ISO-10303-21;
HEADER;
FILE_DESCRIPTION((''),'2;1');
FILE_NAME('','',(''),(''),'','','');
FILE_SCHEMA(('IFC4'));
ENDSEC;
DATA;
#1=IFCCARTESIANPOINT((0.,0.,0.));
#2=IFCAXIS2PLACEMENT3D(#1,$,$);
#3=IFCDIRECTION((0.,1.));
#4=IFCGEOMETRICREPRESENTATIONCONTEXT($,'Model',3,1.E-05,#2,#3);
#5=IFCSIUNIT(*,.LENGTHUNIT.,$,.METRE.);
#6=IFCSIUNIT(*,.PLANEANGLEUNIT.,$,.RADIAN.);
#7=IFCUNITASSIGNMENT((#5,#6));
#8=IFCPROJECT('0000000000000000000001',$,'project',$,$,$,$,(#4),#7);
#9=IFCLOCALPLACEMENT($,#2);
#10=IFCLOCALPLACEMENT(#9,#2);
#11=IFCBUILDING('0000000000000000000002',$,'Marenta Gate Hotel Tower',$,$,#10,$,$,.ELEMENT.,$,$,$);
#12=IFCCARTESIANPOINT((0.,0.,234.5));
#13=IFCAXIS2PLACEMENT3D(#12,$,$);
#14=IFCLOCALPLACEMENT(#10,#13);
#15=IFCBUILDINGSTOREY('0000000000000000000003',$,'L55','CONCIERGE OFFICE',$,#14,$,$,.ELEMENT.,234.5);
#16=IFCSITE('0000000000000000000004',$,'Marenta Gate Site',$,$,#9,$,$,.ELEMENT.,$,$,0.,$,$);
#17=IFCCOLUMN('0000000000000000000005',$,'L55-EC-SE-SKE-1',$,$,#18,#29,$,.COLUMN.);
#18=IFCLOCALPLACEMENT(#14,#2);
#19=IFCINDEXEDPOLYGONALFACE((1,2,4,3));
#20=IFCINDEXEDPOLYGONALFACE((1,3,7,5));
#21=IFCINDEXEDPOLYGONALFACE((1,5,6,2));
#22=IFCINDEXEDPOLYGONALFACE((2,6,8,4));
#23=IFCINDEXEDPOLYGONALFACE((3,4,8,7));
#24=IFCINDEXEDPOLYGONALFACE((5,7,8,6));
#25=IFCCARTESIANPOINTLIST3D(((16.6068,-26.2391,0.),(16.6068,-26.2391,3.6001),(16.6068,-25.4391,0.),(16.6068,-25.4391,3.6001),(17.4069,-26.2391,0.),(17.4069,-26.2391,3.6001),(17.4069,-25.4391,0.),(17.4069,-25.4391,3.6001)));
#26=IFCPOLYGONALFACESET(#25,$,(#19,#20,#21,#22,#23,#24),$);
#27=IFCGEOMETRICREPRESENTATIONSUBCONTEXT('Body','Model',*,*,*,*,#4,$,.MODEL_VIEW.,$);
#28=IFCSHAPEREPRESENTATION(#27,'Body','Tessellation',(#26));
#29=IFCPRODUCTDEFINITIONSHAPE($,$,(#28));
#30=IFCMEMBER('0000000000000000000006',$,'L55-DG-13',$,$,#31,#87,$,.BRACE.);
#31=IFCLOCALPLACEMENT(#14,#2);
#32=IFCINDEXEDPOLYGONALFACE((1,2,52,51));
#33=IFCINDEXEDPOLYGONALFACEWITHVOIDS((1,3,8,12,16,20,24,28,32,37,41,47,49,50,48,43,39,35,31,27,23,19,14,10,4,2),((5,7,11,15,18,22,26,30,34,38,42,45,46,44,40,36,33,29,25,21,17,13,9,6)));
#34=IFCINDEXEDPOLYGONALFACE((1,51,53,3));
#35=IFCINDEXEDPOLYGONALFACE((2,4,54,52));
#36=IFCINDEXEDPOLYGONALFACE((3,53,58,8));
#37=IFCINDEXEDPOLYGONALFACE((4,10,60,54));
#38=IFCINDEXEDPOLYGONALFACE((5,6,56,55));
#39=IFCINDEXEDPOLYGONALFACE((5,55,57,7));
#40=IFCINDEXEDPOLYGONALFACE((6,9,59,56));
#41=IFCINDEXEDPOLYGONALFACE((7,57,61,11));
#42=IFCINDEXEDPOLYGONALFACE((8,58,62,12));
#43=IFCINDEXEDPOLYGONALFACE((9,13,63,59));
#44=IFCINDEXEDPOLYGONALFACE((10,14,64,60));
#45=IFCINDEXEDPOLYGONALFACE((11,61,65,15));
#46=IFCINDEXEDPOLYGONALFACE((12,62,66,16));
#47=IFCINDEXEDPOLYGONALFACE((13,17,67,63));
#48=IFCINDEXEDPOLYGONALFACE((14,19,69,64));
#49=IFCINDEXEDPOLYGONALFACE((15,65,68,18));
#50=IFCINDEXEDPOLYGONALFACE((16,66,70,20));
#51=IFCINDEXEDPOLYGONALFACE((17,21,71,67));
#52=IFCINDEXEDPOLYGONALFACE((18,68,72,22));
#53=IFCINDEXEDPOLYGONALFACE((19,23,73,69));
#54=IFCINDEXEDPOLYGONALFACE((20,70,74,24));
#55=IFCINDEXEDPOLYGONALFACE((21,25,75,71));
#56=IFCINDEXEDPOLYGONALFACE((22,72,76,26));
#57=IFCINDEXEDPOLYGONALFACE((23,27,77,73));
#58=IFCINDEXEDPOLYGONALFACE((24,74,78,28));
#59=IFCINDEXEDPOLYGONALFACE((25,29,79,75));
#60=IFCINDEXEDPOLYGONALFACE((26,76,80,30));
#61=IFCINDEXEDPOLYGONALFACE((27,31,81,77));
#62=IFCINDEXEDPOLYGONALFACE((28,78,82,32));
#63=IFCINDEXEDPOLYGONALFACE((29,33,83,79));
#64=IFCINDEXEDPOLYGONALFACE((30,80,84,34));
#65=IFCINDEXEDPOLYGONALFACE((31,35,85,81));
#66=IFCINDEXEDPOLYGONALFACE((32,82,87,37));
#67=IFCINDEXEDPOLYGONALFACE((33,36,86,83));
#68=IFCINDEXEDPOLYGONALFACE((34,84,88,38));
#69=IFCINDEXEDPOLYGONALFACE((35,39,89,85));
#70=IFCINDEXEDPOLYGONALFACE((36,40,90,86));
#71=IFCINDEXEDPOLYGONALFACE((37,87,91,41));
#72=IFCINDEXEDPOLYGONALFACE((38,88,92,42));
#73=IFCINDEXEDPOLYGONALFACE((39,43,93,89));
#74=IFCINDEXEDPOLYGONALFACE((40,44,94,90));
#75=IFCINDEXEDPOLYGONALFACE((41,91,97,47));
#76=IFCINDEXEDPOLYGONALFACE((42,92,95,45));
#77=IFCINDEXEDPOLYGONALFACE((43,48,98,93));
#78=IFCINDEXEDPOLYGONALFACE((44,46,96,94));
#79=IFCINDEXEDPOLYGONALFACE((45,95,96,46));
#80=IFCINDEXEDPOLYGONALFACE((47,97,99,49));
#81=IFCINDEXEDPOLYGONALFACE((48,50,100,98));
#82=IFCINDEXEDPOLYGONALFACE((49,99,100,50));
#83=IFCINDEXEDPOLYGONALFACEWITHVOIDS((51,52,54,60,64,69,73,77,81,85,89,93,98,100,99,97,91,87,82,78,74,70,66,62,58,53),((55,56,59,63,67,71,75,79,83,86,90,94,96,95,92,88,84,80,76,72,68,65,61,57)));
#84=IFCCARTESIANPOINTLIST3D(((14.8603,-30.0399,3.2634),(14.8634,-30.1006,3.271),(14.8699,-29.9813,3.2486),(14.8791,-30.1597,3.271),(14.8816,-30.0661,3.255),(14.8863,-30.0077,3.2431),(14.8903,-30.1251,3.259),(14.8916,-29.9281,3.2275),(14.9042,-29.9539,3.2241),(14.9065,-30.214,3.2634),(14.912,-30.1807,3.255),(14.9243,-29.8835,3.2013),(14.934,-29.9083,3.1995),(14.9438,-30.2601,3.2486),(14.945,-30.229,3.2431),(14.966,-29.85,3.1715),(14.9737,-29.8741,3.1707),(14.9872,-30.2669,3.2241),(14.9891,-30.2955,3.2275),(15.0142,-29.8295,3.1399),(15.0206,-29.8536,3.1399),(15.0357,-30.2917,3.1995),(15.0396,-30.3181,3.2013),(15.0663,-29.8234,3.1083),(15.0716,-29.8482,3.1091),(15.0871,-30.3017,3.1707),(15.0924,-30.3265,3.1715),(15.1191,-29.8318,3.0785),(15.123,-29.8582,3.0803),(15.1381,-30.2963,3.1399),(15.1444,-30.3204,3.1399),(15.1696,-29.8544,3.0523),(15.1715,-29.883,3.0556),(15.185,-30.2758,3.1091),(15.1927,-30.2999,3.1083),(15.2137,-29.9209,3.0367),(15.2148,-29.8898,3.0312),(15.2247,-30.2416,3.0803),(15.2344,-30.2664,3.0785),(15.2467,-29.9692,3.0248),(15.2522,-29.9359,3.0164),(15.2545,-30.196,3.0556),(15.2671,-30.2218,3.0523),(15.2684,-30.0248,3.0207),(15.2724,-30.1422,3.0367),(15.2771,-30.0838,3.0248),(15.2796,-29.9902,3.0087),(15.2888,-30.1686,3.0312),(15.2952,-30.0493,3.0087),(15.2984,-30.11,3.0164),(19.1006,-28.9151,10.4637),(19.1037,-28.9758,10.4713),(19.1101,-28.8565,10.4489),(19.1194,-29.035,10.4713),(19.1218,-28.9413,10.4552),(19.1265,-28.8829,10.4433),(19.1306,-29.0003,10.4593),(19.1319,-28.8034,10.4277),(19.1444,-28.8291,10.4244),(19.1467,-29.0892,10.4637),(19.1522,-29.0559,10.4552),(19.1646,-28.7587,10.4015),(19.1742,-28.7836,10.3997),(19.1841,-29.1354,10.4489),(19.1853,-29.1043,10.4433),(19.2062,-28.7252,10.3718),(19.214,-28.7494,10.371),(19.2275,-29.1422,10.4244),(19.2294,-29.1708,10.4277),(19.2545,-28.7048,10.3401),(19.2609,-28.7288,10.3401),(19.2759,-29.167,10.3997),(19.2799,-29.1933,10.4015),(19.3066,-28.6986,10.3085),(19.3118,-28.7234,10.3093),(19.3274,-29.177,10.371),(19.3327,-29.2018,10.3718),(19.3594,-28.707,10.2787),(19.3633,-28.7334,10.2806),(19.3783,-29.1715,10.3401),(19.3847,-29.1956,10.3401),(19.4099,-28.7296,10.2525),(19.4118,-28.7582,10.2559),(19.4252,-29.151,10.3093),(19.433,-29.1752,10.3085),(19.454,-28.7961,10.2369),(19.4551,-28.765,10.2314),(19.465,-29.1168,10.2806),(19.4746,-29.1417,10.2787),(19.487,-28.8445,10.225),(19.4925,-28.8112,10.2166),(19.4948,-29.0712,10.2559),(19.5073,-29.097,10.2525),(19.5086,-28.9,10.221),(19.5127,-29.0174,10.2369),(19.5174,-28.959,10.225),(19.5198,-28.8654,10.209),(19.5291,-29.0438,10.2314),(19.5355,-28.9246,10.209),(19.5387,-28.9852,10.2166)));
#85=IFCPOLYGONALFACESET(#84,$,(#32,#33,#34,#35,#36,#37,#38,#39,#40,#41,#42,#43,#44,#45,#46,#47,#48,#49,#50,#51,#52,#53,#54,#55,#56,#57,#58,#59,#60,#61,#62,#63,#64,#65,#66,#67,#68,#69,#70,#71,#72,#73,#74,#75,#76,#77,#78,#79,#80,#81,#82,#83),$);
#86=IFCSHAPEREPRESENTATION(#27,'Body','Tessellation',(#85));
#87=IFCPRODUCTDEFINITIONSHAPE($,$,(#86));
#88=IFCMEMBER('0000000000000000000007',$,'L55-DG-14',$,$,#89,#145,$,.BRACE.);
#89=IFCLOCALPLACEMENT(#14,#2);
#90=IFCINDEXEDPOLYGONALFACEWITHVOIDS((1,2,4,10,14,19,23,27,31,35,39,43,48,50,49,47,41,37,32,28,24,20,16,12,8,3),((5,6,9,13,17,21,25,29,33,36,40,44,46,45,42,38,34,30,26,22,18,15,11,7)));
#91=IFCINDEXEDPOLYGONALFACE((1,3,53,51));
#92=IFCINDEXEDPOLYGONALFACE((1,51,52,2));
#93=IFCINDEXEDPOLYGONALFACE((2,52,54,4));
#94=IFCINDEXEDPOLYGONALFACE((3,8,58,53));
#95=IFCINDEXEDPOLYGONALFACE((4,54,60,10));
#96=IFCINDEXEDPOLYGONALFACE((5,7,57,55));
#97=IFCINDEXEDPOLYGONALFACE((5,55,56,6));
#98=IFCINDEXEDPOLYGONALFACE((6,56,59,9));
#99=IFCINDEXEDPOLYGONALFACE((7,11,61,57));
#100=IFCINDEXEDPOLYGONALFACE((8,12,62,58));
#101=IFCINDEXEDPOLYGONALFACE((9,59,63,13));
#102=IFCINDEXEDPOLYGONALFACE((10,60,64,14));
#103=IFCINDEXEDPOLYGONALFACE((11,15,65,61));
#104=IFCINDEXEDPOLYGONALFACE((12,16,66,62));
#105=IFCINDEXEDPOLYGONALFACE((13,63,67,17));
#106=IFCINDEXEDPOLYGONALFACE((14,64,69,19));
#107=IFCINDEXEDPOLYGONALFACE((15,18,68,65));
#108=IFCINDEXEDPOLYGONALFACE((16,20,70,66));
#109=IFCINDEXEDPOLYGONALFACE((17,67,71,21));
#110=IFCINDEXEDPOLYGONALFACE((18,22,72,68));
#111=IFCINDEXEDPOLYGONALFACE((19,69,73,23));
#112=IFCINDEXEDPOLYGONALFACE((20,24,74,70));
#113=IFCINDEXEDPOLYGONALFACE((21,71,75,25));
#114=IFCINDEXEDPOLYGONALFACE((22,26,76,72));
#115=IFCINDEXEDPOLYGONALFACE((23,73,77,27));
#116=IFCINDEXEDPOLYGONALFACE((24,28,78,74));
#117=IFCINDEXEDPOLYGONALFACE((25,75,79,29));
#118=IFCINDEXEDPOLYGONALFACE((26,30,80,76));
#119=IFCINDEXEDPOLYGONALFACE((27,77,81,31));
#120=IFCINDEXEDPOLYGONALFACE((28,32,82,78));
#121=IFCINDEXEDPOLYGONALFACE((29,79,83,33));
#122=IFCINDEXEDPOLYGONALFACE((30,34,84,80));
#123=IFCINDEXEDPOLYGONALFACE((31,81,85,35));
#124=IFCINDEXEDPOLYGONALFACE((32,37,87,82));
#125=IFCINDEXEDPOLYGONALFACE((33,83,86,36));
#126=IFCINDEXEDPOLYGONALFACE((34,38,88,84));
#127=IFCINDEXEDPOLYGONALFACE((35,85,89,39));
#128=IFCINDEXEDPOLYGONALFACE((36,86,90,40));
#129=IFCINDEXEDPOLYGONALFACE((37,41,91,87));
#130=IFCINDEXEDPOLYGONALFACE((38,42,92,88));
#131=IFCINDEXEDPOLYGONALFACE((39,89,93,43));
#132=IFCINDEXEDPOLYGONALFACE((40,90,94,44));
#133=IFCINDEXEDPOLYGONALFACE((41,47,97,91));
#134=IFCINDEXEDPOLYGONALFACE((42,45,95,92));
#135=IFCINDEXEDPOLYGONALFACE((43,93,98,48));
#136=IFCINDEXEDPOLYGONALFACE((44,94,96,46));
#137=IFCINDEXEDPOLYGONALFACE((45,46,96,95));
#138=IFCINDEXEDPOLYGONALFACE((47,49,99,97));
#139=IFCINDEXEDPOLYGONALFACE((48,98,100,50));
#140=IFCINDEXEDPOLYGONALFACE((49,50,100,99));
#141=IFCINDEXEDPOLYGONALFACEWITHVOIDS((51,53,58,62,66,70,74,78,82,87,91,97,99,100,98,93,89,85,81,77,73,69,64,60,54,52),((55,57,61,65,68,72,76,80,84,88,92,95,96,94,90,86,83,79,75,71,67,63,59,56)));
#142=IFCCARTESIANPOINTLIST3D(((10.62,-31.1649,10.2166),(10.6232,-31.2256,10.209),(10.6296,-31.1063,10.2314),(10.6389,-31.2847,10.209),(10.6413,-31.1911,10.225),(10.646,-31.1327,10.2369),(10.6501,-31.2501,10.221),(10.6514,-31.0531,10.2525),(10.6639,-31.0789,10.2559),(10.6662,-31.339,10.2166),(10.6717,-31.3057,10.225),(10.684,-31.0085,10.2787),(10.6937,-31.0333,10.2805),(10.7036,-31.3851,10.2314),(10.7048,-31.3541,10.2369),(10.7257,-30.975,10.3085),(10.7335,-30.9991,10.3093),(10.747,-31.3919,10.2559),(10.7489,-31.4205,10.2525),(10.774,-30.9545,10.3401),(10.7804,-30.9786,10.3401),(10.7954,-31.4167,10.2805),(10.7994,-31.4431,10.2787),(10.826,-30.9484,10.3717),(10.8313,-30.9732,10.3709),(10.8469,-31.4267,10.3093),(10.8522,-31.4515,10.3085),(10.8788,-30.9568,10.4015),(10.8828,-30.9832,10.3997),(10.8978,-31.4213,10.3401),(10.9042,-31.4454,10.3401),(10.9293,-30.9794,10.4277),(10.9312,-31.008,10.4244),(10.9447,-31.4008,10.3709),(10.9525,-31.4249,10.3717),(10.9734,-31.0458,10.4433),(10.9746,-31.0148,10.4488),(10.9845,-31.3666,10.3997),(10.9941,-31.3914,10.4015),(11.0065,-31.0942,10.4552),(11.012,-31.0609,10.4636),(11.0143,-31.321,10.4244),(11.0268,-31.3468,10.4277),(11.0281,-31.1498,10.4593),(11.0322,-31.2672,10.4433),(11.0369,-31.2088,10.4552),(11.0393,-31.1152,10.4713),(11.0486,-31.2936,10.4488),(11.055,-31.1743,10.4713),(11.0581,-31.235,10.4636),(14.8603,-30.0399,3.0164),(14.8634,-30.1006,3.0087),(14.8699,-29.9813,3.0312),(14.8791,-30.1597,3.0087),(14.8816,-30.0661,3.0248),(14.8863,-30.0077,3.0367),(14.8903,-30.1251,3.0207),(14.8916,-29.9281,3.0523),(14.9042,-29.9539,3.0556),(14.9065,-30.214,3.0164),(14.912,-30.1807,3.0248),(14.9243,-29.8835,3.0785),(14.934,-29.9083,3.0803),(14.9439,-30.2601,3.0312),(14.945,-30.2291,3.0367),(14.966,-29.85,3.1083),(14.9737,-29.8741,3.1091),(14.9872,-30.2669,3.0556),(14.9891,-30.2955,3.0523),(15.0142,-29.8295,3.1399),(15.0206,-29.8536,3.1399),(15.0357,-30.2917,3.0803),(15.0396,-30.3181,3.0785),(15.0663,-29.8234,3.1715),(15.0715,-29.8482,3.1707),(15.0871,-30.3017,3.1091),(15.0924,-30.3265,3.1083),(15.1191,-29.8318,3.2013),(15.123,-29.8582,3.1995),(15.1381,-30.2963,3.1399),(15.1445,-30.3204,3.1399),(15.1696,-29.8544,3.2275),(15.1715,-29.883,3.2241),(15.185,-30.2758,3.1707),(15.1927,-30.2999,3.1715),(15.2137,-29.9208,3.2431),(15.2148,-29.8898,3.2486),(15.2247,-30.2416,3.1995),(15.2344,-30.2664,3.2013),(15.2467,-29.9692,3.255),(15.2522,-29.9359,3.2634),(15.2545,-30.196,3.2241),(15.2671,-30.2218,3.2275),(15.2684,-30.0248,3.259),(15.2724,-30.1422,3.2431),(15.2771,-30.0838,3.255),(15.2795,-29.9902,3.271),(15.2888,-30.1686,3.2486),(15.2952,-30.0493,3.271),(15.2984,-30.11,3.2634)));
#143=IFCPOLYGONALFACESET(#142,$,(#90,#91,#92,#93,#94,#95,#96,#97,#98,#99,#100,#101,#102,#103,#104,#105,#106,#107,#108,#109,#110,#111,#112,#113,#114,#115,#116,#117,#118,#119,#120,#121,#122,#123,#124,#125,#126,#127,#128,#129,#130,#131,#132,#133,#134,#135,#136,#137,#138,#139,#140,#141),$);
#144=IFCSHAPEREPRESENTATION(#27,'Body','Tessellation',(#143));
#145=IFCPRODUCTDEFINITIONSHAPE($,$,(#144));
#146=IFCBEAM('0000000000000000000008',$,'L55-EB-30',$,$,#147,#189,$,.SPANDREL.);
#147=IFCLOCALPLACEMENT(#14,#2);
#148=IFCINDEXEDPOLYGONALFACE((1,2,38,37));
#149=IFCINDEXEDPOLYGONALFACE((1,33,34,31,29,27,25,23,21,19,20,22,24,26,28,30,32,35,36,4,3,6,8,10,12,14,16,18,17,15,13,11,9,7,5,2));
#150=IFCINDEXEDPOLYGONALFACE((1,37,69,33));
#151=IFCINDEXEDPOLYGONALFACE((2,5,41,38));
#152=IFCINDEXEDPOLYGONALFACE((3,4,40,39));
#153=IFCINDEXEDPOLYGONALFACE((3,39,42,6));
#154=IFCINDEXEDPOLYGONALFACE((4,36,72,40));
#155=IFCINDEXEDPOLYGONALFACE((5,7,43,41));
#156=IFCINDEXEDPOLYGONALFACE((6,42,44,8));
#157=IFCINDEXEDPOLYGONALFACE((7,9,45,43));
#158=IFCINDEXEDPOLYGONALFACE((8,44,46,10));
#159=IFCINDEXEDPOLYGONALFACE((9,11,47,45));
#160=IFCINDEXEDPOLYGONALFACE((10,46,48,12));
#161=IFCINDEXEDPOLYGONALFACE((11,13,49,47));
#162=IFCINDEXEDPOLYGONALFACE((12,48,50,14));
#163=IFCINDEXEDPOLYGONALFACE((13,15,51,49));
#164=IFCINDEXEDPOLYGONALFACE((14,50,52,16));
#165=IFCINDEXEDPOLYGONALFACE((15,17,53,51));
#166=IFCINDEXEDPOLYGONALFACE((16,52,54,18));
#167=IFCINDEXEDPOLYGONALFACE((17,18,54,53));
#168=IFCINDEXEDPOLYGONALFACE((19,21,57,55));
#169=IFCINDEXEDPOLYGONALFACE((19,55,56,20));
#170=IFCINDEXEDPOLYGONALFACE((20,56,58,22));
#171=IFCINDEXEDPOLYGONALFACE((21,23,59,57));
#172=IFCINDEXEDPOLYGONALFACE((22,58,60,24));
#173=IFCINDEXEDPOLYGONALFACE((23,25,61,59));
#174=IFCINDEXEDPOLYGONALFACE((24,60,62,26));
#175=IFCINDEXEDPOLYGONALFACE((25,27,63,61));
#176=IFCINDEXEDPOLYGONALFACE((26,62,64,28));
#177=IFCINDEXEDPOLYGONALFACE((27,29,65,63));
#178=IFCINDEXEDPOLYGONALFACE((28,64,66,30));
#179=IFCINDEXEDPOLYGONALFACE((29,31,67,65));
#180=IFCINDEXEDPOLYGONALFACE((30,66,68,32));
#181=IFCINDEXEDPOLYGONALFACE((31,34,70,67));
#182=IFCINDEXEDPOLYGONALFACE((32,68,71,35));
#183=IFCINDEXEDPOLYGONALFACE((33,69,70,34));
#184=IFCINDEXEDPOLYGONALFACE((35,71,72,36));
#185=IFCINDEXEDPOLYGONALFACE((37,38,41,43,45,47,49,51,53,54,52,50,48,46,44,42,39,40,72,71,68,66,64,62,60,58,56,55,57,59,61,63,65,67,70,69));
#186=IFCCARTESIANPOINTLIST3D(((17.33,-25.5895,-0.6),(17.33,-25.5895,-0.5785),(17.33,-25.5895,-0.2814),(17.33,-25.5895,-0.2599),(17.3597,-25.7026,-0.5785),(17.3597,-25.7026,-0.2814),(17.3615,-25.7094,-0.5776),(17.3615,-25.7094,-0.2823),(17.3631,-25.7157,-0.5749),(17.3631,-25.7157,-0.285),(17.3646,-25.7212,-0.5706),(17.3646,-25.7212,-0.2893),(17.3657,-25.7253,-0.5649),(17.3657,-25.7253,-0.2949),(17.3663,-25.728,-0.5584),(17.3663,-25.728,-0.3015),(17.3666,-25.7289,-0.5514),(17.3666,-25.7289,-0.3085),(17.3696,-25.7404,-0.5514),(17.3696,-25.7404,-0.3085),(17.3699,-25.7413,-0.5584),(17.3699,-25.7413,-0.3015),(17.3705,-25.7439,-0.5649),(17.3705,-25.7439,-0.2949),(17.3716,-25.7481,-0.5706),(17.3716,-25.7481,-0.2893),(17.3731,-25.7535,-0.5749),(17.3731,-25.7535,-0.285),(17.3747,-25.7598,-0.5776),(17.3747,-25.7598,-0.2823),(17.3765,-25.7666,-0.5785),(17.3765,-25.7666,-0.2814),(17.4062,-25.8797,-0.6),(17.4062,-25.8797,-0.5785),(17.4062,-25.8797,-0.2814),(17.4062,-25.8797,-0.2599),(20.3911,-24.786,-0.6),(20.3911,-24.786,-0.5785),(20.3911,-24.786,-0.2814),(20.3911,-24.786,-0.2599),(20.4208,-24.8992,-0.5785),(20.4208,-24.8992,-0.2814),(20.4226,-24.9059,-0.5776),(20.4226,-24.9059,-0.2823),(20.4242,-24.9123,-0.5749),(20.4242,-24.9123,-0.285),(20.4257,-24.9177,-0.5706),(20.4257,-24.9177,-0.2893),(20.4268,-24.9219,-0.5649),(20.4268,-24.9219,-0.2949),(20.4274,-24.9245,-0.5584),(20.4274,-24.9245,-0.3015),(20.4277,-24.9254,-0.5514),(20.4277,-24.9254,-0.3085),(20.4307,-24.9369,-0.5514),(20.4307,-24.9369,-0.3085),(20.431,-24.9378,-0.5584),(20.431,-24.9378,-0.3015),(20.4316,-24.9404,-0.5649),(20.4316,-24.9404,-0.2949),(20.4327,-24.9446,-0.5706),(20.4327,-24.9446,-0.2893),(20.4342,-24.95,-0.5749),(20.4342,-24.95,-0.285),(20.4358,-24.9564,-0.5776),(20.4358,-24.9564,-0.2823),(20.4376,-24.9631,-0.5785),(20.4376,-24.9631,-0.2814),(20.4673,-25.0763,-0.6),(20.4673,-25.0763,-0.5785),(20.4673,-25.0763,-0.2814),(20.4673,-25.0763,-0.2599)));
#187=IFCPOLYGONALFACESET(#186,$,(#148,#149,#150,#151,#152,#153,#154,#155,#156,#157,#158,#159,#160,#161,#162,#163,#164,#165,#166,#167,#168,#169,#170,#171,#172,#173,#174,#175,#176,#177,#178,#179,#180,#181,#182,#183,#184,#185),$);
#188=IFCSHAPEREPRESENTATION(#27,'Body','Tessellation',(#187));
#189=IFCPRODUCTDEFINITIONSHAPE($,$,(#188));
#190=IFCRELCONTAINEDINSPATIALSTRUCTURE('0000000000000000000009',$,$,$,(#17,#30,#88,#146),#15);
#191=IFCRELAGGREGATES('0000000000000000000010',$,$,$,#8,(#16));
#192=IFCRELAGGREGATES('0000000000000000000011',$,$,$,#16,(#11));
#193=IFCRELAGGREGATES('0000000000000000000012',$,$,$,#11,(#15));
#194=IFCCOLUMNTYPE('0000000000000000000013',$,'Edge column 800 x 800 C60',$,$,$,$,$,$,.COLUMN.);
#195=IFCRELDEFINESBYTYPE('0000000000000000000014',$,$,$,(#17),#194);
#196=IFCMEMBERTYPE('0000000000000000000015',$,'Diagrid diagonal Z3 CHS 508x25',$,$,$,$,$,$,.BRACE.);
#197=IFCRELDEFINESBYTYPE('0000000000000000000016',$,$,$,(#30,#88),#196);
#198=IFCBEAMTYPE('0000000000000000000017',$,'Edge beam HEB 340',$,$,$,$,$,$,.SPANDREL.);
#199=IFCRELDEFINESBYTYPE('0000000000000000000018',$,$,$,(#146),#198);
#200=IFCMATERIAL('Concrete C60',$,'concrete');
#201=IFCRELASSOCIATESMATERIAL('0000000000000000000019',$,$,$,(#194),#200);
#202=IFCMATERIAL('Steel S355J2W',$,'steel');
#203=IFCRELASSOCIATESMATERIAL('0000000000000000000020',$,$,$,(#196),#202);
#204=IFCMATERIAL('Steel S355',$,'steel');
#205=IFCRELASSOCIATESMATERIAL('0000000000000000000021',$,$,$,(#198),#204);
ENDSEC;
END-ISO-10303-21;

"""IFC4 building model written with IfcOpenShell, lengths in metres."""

from ifc_helpers import new_model, si_unit, direction, frame, origin, origin_2d, place, context, subcontext, project, spatial, rectangle, hollow_circle, i_section, extrude, material, material_profile, profile_set, type_object, element, save


model = new_model("IFC4")

# Units and contexts
model_context = context("Model", 3, precision=1e-05, world=origin(), true_north=direction((0.0, 1.0)))
body_context = subcontext(model_context, "Body", "Model", "MODEL_VIEW")
ifc_project = project(units=[si_unit("LENGTHUNIT", "METRE"), si_unit("PLANEANGLEUNIT", "RADIAN")], contexts=[model_context])

# Site, building, storey
site_placement = place(None, origin())
site = spatial("IfcSite", under=ifc_project, at=site_placement, Name="Marenta Gate Site", CompositionType="ELEMENT", RefElevation=0.0)
building_placement = place(site_placement, origin())
building = spatial("IfcBuilding", under=site, at=building_placement, Name="Marenta Gate Hotel Tower", CompositionType="ELEMENT")
storey_placement = place(building_placement, frame((0.0, 0.0, 234.5)))
storey = spatial("IfcBuildingStorey", under=building, at=storey_placement, Name="L55", Description="CONCIERGE OFFICE", CompositionType="ELEMENT", Elevation=234.5)

# Column
ifc_material_1 = material(Name="Concrete C60", Category="concrete")
ifc_material_profile_1 = material_profile(ifc_material_1, rectangle(XDim=0.8, YDim=0.8, at=origin_2d()), Name="800 x 800")
ifc_profile_set_1 = profile_set([ifc_material_profile_1], Name="Concrete C60")
column_type = type_object("IfcColumnType", Name="Edge column 800 x 800 C60", PredefinedType="COLUMN", material=ifc_profile_set_1)
column_placement = place(storey_placement, frame((17.0068, -25.8391, 0.0), z_axis=(0.0, 0.0, 1.0), x_axis=(1.0, 0.0, 0.0)))
element("IfcColumn", 1, at=column_placement, inside=storey, type_object=column_type, Name="L55-EC-SE-SKE-1", PredefinedType="COLUMN", context=body_context, shape_type="SweptSolid", body=[
    extrude(rectangle(XDim=0.8, YDim=0.8, at=origin_2d()), origin(), (0.0, 0.0, 1.0), 3.6001),
])

# Members
ifc_material_2 = material(Name="Steel S355J2W", Category="steel")
ifc_material_profile_2 = material_profile(ifc_material_2, hollow_circle(Radius=0.2539, WallThickness=0.0249, at=origin_2d()), Name="CHS 508x25")
ifc_profile_set_2 = profile_set([ifc_material_profile_2], Name="Steel S355J2W")
member_type_1 = type_object("IfcMemberType", Name="Diagrid diagonal Z3 CHS 508x25", PredefinedType="BRACE", material=ifc_profile_set_2)
for number, where, z_axis, x_axis, name in (
    (2, (15.0793, -30.075, 3.1399), (0.502914, 0.133402, 0.85398), (-0.256391, 0.966573, 0.0), "L55-DG-13"),
    (3, (15.0793, -30.075, 3.1399), (-0.502912, -0.13343, 0.853977), (0.256443, -0.966559, 0.0), "L55-DG-14"),
):
    element("IfcMember", number, at=place(storey_placement, frame(where, z_axis=z_axis, x_axis=x_axis)), inside=storey, type_object=member_type_1, Name=name, PredefinedType="BRACE", context=body_context, shape_type="SweptSolid", body=[
        extrude(hollow_circle(Radius=0.2539, WallThickness=0.0249, at=origin_2d()), origin(), (0.0, 0.0, 1.0), 8.4314),
    ])

# Beam
ifc_material_3 = material(Name="Steel S355", Category="steel")
ifc_material_profile_3 = material_profile(ifc_material_3, i_section(OverallWidth=0.3, OverallDepth=0.3401, WebThickness=0.012, FlangeThickness=0.0215, FilletRadius=0.0271, at=origin_2d()), Name="HEB 340")
ifc_profile_set_3 = profile_set([ifc_material_profile_3], Name="Steel S355")
beam_type = type_object("IfcBeamType", Name="Edge beam HEB 340", PredefinedType="SPANDREL", material=ifc_profile_set_3)
beam_1_placement = place(storey_placement, frame((20.4292, -24.9312, -0.4299), z_axis=(-0.967235, -0.253882, 0.0), x_axis=(0.253882, -0.967235, 0.0)))
element("IfcBeam", 4, at=beam_1_placement, inside=storey, type_object=beam_type, Name="L55-EB-30", PredefinedType="SPANDREL", context=body_context, shape_type="SweptSolid", body=[
    extrude(i_section(OverallWidth=0.3, OverallDepth=0.3401, WebThickness=0.012, FlangeThickness=0.0215, FilletRadius=0.0271, at=origin_2d()), origin(), (0.0, 0.0, 1.0), 3.1648),
])

save(model, "model.ifc")
